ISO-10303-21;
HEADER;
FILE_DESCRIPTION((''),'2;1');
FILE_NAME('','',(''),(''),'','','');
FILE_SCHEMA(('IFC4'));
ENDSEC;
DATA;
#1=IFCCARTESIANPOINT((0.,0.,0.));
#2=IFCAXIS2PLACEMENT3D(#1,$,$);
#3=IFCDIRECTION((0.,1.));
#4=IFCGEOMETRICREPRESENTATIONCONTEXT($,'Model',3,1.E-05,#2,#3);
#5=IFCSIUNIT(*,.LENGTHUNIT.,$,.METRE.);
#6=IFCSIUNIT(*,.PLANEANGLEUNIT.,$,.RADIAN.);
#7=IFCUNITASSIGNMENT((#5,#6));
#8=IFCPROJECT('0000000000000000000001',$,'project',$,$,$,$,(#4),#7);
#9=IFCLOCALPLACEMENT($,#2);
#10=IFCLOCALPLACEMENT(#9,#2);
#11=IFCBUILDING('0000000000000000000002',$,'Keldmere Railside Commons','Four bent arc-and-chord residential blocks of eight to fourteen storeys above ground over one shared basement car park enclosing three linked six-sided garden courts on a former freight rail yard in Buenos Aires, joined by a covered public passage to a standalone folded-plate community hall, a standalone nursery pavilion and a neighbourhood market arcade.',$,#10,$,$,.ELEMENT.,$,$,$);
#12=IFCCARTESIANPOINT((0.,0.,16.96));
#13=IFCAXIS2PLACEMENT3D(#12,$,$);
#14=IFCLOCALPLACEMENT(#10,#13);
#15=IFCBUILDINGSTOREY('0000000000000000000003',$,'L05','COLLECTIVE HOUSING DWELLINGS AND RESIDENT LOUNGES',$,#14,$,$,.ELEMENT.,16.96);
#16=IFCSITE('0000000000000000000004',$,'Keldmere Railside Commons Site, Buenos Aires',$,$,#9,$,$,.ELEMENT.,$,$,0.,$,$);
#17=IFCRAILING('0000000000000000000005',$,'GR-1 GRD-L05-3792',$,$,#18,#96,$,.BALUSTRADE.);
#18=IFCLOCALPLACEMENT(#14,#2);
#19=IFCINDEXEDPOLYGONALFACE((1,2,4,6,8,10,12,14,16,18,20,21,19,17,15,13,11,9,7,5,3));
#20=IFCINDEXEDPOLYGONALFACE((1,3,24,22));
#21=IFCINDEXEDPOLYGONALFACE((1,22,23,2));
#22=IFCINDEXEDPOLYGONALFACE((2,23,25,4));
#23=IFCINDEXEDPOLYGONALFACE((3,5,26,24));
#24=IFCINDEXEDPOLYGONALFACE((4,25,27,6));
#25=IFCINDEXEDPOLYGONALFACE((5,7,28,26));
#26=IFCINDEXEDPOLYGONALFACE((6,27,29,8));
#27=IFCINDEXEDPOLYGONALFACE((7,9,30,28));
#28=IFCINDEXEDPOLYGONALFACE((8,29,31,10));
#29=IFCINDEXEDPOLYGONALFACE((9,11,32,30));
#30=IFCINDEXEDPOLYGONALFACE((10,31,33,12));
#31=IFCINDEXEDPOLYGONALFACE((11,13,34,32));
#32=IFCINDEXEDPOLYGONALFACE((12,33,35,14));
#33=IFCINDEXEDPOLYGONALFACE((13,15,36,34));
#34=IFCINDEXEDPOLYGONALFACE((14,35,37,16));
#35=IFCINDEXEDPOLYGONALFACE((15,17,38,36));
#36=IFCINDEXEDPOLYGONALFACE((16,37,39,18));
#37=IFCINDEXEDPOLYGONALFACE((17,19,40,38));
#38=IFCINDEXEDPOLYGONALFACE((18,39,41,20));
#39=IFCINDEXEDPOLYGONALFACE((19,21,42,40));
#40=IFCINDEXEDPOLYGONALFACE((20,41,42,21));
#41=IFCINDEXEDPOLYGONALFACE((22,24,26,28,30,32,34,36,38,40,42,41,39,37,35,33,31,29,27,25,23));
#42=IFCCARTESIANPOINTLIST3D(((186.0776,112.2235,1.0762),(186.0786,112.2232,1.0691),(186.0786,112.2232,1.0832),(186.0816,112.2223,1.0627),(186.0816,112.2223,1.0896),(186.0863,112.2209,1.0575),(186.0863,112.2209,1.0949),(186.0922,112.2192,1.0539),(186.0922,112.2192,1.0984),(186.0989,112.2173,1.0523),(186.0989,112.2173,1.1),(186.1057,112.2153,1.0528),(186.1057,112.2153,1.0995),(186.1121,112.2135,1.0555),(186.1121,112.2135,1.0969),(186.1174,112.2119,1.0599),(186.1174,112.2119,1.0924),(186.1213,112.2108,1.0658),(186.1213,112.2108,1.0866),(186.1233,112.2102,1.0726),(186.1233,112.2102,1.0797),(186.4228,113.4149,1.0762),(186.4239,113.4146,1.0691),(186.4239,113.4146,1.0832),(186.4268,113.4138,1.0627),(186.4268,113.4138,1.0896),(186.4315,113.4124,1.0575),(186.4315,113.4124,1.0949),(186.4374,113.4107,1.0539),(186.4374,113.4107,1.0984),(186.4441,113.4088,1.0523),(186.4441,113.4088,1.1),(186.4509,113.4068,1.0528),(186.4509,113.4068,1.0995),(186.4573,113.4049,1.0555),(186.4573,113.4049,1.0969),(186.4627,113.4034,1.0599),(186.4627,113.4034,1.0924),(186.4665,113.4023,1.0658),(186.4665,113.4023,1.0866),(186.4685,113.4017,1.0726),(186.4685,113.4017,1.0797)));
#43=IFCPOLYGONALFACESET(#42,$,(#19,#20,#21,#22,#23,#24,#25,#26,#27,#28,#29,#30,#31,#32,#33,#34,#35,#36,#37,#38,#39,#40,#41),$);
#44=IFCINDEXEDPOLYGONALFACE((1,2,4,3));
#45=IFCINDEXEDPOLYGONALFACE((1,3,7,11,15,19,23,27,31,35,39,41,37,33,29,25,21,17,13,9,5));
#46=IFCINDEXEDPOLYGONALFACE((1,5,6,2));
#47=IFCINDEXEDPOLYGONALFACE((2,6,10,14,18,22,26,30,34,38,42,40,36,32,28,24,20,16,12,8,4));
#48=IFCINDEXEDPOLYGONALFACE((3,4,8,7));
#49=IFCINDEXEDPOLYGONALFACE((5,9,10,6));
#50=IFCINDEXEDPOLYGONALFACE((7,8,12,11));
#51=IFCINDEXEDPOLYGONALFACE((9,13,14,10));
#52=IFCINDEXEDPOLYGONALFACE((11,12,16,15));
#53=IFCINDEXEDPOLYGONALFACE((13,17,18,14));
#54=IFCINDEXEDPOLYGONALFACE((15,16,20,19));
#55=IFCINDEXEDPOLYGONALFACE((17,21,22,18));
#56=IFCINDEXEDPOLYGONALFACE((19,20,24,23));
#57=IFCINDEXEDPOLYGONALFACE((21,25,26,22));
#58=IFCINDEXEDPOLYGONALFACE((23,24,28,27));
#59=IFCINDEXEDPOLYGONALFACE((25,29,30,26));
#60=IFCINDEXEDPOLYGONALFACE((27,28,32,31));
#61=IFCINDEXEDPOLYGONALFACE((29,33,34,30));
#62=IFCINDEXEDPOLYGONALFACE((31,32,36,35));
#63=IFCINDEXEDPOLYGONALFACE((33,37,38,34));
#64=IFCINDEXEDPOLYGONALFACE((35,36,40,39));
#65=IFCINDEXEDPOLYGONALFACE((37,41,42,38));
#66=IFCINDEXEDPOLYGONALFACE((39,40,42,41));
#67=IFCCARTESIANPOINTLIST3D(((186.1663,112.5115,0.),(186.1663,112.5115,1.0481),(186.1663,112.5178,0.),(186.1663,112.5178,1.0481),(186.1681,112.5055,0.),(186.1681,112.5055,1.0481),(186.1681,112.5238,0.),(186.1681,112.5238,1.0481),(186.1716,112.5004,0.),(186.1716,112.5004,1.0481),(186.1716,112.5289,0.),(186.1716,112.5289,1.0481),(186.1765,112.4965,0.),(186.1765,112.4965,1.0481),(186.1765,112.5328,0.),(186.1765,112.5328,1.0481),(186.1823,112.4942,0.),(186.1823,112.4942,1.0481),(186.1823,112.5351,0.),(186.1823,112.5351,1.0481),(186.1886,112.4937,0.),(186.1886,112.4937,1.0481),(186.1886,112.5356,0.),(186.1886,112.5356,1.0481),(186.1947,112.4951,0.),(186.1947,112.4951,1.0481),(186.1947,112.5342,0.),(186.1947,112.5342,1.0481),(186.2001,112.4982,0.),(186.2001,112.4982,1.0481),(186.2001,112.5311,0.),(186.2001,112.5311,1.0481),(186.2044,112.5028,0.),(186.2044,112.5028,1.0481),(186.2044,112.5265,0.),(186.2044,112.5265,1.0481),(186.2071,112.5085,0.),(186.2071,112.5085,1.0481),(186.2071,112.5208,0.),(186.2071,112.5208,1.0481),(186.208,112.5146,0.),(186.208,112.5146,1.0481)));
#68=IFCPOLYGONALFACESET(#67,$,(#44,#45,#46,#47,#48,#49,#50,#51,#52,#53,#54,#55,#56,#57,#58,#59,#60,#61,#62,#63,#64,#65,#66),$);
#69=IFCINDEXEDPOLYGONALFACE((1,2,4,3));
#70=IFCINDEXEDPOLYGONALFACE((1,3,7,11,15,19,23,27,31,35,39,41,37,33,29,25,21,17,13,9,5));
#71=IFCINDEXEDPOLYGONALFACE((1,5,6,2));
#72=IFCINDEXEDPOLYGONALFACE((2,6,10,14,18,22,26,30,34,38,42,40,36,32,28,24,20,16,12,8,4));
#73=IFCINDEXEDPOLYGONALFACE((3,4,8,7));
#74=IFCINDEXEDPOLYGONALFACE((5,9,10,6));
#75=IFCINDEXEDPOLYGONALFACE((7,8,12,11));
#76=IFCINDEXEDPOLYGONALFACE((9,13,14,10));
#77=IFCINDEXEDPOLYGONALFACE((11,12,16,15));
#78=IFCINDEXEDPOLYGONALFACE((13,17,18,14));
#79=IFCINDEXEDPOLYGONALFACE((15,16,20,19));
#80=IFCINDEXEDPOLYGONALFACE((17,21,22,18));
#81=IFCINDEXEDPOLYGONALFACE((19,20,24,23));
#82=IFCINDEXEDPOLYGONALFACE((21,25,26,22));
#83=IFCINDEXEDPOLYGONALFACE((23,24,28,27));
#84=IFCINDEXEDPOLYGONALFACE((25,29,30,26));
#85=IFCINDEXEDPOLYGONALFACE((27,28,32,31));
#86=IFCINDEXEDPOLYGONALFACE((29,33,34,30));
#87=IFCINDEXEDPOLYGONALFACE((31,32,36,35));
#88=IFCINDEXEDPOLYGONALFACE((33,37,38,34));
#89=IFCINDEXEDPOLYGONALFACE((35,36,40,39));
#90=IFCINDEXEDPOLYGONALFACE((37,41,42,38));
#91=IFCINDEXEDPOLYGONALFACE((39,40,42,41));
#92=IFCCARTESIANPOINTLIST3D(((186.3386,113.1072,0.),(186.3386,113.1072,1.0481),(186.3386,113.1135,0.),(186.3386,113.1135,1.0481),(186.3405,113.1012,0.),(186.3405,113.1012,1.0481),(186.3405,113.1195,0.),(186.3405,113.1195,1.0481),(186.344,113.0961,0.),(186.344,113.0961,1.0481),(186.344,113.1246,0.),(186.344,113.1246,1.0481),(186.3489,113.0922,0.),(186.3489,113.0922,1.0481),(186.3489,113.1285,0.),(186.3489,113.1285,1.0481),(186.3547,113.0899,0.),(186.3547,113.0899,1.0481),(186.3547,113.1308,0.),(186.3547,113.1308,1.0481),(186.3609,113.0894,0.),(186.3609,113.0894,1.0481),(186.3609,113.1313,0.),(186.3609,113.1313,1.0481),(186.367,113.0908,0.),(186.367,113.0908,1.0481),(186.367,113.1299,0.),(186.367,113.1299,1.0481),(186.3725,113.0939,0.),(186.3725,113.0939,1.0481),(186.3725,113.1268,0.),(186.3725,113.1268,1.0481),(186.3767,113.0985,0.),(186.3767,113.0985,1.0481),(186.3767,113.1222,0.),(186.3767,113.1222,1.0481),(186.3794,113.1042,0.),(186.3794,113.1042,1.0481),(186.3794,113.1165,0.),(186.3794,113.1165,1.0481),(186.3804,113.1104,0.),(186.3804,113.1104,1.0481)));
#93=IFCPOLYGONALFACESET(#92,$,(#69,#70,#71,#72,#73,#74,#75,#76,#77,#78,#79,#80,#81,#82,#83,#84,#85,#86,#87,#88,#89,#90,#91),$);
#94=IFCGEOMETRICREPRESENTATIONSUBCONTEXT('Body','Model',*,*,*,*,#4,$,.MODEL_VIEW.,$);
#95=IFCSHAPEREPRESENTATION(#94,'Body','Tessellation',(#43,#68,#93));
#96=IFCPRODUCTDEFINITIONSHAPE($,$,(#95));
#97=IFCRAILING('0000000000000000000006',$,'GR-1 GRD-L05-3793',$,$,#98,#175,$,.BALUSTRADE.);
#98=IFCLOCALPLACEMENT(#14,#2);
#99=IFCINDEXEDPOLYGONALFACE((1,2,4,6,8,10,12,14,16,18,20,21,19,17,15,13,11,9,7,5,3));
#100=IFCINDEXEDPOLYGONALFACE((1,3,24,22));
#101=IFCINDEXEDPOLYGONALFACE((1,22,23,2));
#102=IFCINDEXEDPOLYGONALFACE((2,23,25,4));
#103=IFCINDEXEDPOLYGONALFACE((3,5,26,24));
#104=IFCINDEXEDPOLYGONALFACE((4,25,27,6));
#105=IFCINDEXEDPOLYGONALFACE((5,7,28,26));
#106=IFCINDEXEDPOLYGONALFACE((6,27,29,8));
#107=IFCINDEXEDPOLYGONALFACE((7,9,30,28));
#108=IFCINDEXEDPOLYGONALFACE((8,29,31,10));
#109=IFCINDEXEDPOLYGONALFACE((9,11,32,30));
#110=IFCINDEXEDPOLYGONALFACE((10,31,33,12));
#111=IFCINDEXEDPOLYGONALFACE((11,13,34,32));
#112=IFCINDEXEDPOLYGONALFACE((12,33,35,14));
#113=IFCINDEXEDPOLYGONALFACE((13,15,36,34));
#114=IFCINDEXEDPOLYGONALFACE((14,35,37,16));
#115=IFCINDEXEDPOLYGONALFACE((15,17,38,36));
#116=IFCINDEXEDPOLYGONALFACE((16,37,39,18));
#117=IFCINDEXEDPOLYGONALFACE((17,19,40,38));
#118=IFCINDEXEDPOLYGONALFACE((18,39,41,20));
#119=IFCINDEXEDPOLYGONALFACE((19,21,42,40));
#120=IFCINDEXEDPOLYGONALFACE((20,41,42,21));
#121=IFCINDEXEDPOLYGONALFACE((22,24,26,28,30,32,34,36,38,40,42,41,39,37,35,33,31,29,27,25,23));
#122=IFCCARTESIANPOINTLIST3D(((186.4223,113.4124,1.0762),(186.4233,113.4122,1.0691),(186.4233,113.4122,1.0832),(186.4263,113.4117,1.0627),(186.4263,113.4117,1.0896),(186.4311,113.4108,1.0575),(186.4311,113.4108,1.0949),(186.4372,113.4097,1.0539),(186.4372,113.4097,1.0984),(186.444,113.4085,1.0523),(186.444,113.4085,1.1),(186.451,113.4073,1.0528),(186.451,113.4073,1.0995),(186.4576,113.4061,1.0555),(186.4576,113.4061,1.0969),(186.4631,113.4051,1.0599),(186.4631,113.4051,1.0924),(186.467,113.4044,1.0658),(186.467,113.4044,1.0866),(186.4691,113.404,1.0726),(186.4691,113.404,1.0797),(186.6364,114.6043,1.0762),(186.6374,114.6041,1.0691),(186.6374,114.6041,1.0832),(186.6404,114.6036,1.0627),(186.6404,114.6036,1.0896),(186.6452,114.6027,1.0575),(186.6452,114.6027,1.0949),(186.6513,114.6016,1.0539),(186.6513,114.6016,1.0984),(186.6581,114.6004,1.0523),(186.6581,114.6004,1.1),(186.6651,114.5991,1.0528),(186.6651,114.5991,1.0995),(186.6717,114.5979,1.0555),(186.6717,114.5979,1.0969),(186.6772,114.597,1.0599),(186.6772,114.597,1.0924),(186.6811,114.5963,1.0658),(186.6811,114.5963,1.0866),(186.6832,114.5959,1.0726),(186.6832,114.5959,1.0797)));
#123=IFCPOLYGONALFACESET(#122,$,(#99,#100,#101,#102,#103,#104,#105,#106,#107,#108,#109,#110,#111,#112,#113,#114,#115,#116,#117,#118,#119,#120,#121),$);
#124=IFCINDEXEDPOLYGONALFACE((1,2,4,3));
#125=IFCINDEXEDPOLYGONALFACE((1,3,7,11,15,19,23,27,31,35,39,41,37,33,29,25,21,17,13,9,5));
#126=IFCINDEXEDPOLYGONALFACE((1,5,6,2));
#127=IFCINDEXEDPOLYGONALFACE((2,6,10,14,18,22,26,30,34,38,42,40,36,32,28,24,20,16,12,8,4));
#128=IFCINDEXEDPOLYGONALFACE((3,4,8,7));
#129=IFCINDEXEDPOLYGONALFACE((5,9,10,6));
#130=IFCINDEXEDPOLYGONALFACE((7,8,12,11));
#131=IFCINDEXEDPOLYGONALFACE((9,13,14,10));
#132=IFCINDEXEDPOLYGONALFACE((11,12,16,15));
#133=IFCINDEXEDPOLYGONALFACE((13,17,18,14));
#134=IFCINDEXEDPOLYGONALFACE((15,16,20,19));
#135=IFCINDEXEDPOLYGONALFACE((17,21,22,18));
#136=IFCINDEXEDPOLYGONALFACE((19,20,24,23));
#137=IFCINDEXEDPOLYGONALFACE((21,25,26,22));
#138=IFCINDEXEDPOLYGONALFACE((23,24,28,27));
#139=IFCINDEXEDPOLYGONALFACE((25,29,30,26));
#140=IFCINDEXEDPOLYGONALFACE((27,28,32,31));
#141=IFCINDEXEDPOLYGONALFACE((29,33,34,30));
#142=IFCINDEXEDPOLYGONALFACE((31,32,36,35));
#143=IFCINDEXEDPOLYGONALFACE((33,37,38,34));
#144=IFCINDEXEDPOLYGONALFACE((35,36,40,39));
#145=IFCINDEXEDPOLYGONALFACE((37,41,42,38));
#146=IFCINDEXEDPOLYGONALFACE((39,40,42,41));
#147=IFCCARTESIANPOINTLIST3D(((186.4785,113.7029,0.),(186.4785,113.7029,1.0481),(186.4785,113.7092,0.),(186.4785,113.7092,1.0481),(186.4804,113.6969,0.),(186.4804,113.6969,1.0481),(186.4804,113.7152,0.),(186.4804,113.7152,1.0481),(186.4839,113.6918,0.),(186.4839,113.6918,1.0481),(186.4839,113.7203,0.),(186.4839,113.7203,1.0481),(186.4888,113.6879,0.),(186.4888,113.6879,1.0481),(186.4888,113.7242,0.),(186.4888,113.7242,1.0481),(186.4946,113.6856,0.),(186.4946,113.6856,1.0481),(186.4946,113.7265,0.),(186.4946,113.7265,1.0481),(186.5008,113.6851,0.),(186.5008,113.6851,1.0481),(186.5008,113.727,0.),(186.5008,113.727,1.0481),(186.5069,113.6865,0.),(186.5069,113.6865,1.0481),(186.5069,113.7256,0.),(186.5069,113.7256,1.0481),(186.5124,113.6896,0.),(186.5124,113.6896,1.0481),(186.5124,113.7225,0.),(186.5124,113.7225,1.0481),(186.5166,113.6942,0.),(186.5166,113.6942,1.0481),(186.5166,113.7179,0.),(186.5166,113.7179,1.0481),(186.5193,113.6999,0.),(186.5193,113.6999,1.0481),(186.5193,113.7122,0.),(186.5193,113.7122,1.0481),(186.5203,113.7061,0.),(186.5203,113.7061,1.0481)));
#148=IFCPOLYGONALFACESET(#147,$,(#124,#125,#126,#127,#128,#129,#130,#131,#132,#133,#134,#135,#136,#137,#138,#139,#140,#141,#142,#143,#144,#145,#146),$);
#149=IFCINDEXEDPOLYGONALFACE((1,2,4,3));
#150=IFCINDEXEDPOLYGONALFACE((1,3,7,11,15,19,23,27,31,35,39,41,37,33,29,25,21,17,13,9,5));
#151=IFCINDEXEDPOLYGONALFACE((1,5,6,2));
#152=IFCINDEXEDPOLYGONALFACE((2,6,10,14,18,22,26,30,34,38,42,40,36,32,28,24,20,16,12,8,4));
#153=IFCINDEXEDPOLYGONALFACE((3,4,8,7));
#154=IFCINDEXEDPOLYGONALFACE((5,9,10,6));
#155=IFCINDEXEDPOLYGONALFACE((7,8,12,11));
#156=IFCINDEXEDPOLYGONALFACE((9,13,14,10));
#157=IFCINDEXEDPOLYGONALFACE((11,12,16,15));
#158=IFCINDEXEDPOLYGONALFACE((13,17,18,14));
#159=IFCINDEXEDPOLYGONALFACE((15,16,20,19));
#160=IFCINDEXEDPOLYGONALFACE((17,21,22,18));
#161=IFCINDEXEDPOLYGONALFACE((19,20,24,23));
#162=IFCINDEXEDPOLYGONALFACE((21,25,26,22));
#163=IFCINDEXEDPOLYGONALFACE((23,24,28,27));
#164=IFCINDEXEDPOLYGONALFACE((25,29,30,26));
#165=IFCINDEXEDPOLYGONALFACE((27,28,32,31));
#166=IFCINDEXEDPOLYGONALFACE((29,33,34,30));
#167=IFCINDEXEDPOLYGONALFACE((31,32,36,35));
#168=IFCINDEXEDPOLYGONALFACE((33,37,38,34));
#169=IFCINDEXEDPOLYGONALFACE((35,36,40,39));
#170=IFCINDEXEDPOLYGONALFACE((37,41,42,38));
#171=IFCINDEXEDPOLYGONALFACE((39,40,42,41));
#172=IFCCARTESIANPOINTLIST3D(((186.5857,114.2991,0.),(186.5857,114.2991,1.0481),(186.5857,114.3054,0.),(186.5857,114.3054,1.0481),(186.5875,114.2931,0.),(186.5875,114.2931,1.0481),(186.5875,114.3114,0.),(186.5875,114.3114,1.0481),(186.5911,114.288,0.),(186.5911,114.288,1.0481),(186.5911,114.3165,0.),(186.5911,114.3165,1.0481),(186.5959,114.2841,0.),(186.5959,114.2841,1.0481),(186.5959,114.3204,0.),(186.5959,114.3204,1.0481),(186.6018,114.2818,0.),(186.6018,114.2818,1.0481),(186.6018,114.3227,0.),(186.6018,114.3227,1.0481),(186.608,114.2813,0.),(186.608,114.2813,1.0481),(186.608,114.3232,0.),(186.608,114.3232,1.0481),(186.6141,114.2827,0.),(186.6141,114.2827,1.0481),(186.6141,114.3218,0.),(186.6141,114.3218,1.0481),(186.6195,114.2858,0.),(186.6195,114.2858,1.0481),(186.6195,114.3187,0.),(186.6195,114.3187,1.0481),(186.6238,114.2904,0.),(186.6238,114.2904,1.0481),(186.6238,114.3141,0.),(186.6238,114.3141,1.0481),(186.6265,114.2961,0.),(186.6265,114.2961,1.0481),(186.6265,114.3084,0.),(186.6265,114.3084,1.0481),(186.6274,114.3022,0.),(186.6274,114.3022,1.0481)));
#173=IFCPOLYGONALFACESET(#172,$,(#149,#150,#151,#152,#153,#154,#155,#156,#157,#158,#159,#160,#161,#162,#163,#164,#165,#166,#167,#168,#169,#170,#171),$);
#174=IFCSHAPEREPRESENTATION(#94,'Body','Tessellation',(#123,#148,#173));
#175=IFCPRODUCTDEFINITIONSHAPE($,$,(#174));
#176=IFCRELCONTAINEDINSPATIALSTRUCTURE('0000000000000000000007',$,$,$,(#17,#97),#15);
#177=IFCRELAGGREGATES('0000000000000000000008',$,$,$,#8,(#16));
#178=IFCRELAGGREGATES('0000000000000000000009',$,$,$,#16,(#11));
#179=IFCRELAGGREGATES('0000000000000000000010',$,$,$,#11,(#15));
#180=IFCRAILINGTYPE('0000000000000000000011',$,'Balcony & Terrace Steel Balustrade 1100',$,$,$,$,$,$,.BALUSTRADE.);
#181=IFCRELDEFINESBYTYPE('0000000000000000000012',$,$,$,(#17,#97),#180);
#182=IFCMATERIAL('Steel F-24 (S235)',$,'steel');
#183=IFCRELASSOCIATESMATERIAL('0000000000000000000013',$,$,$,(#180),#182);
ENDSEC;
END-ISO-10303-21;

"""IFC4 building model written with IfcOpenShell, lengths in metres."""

from ifc_helpers import new_model, si_unit, direction, frame, origin, origin_2d, place, context, subcontext, project, spatial, circle, extrude, material, type_object, element, save


model = new_model("IFC4")

# Units and contexts
model_context = context("Model", 3, precision=1e-05, world=origin(), true_north=direction((0.0, 1.0)))
body_context = subcontext(model_context, "Body", "Model", "MODEL_VIEW")
ifc_project = project(units=[si_unit("LENGTHUNIT", "METRE"), si_unit("PLANEANGLEUNIT", "RADIAN")], contexts=[model_context])

# Site, building, storey
site_placement = place(None, origin())
site = spatial("IfcSite", under=ifc_project, at=site_placement, Name="Keldmere Railside Commons Site, Buenos Aires", CompositionType="ELEMENT", RefElevation=0.0)
building_placement = place(site_placement, origin())
building = spatial("IfcBuilding", under=site, at=building_placement, Name="Keldmere Railside Commons", Description="Four bent arc-and-chord residential blocks of eight to fourteen storeys above ground over one shared basement car park enclosing three linked six-sided garden courts on a former freight rail yard in Buenos Aires, joined by a covered public passage to a standalone folded-plate community hall, a standalone nursery pavilion and a neighbourhood market arcade.", CompositionType="ELEMENT")
storey_placement = place(building_placement, frame((0.0, 0.0, 16.96)))
storey = spatial("IfcBuildingStorey", under=building, at=storey_placement, Name="L05", Description="COLLECTIVE HOUSING DWELLINGS AND RESIDENT LOUNGES", CompositionType="ELEMENT", Elevation=16.96)

# Railings
ifc_material_1 = material(Name="Steel F-24 (S235)", Category="steel")
railing_type = type_object("IfcRailingType", Name="Balcony & Terrace Steel Balustrade 1100", PredefinedType="BALUSTRADE", material=ifc_material_1)
railing_1_placement = place(storey_placement, frame((186.1006, 112.2168, 0.0)))
element("IfcRailing", 1, at=railing_1_placement, inside=storey, type_object=railing_type, Name="GR-1 GRD-L05-3792", PredefinedType="BALUSTRADE", context=body_context, shape_type="SweptSolid", body=[
    extrude(circle(Radius=0.0239, at=origin_2d()), frame((0.0, 0.0, 1.0762), z_axis=(0.278307, 0.960492, 0.0), x_axis=(-0.960492, 0.278307, 0.0)), (0.0, 0.0, 1.0), 1.2405),
    extrude(circle(Radius=0.021, at=origin_2d()), frame((0.0864, 0.2979, 0.0)), (0.0, 0.0, 1.0), 1.0481),
    extrude(circle(Radius=0.021, at=origin_2d()), frame((0.2588, 0.8936, 0.0)), (0.0, 0.0, 1.0), 1.0481),
])
railing_2_placement = place(storey_placement, frame((186.4458, 113.4082, 0.0)))
element("IfcRailing", 2, at=railing_2_placement, inside=storey, type_object=railing_type, Name="GR-1 GRD-L05-3793", PredefinedType="BALUSTRADE", context=body_context, shape_type="SweptSolid", body=[
    extrude(circle(Radius=0.0239, at=origin_2d()), frame((0.0, 0.0, 1.0762), z_axis=(0.176809, 0.984245, 0.0), x_axis=(-0.984245, 0.176809, 0.0)), (0.0, 0.0, 1.0), 1.2109),
    extrude(circle(Radius=0.021, at=origin_2d()), frame((0.0535, 0.2979, 0.0)), (0.0, 0.0, 1.0), 1.0481),
    extrude(circle(Radius=0.021, at=origin_2d()), frame((0.1606, 0.894, 0.0)), (0.0, 0.0, 1.0), 1.0481),
])

save(model, "model.ifc")
